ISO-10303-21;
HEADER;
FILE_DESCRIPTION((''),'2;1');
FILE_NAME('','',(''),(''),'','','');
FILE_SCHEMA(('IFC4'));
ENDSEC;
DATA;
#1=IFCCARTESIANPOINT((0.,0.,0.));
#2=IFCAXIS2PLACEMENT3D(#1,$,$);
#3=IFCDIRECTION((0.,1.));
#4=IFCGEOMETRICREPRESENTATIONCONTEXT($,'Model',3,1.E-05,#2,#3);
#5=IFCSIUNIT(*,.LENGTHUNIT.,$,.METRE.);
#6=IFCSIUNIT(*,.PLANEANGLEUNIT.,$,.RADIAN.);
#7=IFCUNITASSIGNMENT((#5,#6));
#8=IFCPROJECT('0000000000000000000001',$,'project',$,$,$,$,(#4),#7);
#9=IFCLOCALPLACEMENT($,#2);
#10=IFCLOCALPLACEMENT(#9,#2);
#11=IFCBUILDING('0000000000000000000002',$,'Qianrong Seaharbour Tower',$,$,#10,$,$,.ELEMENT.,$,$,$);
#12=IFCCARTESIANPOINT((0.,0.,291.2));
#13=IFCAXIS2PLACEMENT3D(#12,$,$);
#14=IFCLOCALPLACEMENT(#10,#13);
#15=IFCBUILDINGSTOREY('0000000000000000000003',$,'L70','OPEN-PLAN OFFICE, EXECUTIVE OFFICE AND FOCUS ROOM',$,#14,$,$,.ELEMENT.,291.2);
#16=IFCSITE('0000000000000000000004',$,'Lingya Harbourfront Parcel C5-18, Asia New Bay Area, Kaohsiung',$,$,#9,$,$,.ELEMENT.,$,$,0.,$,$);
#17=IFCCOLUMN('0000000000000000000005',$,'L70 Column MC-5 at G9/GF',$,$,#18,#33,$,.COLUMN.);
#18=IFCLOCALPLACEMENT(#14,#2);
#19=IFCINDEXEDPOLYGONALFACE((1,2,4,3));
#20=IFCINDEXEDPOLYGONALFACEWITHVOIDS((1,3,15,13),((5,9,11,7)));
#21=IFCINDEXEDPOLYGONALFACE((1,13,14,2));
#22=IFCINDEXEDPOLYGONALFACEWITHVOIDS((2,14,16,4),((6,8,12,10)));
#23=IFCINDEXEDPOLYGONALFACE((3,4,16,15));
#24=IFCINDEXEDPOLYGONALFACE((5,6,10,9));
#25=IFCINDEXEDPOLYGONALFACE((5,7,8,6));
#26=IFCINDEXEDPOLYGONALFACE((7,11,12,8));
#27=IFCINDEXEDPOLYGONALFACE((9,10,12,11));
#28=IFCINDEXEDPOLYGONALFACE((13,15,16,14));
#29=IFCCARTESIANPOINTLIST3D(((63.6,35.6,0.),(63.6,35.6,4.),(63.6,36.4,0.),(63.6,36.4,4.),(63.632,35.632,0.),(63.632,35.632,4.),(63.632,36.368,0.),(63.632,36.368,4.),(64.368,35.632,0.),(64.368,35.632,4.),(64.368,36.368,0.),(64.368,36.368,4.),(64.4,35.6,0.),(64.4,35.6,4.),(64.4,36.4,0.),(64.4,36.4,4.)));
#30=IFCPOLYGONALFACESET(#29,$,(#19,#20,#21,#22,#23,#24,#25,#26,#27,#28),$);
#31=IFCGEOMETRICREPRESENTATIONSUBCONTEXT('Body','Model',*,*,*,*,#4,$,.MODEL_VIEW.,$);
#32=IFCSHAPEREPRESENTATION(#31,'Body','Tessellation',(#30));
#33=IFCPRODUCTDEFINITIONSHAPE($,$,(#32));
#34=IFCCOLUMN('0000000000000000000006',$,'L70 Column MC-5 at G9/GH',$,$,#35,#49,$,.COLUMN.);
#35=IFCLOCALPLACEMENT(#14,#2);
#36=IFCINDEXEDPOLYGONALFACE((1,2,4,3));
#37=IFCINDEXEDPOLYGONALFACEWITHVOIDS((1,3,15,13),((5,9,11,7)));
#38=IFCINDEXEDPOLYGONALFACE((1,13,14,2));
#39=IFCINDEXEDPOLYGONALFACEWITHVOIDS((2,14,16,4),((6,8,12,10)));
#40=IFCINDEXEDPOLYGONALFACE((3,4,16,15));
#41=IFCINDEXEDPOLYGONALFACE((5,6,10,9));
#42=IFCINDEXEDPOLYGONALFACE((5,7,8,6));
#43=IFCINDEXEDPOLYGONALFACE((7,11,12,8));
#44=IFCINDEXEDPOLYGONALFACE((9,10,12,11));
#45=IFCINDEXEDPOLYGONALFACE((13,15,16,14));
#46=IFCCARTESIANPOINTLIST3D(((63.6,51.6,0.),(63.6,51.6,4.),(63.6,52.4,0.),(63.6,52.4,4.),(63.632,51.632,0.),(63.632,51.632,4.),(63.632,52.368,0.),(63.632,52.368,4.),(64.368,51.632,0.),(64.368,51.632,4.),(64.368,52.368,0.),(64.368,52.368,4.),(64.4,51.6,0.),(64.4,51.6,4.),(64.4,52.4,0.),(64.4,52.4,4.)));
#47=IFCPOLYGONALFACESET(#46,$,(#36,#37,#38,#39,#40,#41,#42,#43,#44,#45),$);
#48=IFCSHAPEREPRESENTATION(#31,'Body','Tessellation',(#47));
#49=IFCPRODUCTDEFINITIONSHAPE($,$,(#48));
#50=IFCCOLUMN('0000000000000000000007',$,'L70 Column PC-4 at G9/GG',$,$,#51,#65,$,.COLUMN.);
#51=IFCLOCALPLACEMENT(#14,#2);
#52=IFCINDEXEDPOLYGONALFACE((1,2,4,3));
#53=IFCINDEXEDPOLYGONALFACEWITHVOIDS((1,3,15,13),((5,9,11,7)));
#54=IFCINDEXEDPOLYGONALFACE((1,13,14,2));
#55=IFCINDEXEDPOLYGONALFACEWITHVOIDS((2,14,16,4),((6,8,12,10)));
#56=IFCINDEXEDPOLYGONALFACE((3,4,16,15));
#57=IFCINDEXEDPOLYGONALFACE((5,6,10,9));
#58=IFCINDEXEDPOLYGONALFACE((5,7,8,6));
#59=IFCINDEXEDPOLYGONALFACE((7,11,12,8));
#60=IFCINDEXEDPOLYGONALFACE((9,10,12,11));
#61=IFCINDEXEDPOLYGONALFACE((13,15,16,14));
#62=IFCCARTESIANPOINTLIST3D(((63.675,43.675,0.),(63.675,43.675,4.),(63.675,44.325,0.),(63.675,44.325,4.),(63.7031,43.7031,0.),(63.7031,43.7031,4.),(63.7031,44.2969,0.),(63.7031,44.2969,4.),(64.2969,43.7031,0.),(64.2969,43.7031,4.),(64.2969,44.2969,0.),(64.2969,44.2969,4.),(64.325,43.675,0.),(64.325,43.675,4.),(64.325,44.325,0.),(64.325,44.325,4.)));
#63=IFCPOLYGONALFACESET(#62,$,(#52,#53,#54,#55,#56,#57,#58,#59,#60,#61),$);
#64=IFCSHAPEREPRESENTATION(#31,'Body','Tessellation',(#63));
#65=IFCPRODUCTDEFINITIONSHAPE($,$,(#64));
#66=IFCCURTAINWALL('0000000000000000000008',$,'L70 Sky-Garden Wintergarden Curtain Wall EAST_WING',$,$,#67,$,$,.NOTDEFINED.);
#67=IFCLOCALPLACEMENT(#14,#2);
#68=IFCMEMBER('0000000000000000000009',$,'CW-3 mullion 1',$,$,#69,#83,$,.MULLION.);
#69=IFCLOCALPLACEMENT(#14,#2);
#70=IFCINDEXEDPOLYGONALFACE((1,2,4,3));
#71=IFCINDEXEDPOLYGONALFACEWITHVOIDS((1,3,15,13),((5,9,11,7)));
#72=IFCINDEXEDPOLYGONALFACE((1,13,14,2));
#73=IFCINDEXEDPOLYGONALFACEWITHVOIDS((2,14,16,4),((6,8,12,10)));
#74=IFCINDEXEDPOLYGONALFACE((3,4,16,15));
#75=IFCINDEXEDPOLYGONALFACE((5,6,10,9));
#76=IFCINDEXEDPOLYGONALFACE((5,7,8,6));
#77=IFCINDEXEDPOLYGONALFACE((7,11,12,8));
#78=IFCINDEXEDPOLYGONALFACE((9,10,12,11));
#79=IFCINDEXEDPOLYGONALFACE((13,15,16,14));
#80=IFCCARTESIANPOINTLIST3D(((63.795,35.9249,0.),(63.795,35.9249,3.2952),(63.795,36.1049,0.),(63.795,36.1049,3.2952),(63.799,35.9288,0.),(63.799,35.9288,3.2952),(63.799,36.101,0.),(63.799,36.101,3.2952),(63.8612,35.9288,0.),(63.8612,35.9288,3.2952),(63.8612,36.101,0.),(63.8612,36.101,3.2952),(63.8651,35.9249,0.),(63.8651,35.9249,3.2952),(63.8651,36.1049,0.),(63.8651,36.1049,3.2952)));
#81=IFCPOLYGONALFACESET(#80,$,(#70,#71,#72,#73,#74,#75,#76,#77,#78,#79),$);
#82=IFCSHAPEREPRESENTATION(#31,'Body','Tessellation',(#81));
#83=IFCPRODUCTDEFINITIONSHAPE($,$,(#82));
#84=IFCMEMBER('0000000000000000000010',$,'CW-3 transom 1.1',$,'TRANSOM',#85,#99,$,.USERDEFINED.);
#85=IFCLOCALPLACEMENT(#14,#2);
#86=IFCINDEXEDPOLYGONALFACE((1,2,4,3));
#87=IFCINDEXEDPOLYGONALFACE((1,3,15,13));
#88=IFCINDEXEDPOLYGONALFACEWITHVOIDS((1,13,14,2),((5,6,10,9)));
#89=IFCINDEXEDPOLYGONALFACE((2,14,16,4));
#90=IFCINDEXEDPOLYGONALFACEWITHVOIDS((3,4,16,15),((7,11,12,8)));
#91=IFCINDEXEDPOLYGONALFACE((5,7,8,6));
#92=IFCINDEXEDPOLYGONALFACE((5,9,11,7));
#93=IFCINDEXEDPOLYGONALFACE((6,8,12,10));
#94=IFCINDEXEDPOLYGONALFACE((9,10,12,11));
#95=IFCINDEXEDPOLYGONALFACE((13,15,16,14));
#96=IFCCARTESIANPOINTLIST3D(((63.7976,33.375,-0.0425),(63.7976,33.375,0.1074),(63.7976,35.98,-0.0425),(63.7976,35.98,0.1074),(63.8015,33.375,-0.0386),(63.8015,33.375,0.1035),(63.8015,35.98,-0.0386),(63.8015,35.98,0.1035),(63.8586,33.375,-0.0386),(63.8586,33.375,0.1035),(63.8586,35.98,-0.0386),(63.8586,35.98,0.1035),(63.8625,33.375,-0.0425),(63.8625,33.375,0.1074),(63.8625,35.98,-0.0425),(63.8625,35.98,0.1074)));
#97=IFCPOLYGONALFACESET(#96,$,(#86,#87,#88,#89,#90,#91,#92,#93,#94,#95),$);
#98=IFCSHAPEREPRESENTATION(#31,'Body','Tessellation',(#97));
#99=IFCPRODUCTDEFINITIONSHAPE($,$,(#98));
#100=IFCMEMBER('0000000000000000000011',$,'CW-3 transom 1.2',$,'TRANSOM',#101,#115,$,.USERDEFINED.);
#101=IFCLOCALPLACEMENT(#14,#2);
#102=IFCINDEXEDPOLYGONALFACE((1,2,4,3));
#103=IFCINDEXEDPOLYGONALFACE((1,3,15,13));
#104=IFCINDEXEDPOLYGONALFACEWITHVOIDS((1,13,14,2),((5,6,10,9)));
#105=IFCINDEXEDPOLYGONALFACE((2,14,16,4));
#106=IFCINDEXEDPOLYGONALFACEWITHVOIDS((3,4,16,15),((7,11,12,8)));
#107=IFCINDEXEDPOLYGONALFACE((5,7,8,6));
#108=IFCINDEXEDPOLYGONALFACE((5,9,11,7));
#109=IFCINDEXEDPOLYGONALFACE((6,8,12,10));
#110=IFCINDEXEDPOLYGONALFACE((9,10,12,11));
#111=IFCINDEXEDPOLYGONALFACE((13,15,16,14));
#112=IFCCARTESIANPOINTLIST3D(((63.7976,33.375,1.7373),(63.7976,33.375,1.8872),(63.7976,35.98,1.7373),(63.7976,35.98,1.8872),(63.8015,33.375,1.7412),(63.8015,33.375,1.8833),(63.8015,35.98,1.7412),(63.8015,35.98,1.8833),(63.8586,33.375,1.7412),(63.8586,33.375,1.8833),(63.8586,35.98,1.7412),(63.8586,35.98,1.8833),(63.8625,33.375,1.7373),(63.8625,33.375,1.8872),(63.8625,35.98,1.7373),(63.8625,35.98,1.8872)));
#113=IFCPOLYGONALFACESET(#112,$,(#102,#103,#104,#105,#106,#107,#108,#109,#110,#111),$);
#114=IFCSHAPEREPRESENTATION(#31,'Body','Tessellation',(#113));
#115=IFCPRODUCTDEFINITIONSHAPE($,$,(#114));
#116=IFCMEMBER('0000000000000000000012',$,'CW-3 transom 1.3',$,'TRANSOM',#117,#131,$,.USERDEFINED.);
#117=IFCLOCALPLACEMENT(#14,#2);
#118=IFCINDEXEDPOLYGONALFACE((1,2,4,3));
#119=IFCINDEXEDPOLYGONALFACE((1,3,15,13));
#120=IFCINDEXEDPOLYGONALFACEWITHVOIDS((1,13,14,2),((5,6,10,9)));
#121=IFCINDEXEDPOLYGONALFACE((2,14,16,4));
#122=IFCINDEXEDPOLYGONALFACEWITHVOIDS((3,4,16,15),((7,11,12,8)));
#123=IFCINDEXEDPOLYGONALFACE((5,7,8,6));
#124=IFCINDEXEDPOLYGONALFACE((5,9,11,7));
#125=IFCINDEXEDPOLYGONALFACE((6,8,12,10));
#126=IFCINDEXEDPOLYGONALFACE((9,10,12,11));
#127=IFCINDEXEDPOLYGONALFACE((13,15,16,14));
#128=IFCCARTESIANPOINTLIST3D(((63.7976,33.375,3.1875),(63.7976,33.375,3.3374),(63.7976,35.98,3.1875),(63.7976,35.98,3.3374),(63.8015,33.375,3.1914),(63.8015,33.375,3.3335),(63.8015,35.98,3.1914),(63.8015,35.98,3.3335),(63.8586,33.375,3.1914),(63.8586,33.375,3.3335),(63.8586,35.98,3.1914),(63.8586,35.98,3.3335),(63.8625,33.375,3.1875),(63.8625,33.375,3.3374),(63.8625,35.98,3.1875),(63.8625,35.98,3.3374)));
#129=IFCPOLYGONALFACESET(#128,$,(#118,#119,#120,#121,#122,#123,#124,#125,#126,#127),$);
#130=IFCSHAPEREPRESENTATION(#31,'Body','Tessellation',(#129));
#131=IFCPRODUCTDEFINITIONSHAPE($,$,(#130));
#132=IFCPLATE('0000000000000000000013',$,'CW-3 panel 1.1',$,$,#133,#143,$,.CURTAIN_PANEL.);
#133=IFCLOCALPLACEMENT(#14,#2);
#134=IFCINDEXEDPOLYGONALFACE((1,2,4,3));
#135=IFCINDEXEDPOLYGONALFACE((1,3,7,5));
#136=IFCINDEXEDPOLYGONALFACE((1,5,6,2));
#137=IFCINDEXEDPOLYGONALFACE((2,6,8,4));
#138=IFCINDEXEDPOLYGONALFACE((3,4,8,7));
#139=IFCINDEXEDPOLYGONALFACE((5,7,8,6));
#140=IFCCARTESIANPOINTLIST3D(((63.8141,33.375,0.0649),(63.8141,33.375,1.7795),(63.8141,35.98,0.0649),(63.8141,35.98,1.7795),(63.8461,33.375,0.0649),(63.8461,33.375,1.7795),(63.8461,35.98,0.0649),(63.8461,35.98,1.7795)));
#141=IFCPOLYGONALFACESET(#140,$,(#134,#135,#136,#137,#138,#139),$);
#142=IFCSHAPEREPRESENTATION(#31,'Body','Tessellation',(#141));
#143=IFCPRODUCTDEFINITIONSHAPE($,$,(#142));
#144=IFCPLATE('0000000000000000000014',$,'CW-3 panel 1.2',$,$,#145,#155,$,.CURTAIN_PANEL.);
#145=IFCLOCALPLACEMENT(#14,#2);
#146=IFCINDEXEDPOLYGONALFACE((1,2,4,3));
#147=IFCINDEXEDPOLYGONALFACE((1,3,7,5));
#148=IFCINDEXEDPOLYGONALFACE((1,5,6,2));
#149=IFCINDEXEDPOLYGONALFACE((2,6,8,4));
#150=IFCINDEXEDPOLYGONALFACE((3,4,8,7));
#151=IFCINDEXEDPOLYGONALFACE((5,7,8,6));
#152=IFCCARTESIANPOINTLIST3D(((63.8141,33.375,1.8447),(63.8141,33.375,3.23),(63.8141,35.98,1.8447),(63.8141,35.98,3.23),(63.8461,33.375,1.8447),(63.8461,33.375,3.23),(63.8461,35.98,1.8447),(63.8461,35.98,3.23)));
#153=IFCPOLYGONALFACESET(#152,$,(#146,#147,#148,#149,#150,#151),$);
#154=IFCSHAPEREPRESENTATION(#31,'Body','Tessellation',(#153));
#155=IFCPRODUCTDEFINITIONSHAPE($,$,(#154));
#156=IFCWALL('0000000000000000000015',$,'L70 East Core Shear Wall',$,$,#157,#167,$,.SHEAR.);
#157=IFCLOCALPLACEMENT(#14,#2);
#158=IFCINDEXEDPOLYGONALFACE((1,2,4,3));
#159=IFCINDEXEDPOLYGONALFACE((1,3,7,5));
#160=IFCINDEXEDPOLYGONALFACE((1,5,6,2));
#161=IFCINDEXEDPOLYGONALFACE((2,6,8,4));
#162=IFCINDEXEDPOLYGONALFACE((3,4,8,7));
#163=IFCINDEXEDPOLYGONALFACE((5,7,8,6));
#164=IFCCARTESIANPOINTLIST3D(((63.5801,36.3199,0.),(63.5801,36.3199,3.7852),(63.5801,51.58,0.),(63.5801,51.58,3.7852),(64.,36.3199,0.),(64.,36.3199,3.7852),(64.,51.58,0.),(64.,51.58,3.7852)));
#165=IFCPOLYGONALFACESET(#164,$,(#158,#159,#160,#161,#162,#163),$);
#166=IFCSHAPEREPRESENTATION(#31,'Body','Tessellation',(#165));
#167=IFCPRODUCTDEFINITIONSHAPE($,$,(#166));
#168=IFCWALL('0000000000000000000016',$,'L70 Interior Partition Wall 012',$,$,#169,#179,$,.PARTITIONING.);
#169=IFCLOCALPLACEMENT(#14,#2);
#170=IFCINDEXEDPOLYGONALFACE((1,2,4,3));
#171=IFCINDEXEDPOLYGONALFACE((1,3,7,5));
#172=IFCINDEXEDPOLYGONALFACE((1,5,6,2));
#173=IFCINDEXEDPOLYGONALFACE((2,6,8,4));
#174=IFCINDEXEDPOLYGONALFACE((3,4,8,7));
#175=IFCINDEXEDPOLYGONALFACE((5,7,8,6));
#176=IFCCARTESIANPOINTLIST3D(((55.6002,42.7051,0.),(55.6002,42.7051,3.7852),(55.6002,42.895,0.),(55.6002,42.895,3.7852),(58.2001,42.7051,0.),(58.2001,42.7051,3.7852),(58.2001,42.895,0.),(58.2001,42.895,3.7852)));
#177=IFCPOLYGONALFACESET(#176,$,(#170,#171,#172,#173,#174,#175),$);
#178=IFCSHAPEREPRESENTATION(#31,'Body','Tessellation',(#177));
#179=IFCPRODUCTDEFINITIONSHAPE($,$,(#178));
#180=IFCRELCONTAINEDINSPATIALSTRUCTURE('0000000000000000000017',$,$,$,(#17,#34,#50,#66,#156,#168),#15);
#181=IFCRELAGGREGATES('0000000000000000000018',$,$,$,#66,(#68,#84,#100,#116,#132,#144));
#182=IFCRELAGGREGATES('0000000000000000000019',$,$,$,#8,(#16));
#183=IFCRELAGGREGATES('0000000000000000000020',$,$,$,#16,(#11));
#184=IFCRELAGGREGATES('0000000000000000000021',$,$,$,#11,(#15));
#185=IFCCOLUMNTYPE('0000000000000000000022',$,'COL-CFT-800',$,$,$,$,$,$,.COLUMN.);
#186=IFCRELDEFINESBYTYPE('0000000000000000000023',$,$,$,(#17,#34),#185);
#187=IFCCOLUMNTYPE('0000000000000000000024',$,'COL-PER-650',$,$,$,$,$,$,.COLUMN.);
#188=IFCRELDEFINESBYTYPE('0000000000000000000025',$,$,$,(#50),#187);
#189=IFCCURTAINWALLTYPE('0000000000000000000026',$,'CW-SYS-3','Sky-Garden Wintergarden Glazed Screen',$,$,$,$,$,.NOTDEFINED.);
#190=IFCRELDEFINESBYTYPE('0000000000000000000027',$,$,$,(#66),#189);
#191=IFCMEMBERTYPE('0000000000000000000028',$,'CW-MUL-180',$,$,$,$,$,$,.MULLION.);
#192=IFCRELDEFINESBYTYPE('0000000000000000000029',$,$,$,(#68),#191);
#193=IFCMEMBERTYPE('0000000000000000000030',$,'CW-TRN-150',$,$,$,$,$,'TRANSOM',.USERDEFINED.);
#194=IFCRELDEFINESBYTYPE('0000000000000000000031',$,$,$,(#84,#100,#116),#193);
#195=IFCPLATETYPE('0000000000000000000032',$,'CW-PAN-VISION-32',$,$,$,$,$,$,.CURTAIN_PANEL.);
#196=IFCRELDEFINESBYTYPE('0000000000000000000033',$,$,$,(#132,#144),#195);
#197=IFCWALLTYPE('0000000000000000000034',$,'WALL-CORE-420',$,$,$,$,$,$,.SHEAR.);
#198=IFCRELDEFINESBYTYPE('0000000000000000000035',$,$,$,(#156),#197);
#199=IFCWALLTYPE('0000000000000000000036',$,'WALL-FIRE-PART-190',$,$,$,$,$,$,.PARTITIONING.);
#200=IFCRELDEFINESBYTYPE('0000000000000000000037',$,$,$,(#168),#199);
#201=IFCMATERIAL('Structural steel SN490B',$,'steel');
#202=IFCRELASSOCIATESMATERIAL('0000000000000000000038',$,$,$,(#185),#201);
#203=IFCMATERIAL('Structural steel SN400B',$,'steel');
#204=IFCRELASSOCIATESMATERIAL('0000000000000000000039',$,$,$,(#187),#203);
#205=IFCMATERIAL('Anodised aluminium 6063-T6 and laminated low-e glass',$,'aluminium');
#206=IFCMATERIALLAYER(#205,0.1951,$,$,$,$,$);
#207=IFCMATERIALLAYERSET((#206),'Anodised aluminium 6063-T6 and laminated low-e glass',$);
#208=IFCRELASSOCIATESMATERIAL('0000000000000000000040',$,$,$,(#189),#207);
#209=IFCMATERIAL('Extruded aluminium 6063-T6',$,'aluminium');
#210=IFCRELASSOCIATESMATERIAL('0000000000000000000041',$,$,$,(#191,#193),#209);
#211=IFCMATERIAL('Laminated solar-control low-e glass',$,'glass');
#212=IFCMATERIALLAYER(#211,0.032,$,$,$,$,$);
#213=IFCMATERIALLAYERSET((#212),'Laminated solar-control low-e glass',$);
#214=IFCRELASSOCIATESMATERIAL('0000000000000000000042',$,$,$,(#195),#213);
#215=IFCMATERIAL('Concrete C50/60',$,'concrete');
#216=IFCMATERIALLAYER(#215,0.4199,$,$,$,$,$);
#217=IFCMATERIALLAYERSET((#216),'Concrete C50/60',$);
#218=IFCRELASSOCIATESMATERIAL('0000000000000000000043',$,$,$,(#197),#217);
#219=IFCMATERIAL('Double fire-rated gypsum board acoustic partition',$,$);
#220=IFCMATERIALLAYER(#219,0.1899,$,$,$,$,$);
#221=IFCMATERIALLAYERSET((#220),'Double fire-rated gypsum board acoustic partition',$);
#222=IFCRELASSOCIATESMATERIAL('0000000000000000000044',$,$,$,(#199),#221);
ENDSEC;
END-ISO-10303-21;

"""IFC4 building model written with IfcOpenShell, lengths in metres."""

from ifc_helpers import new_model, si_unit, direction, frame, frame_2d, origin, origin_2d, place, context, subcontext, project, spatial, rectangle, hollow_rectangle, extrude, material, layer, layer_set, material_profile, profile_set, type_object, element, aggregate, save


model = new_model("IFC4")

# Units and contexts
model_context = context("Model", 3, precision=1e-05, world=origin(), true_north=direction((0.0, 1.0)))
body_context = subcontext(model_context, "Body", "Model", "MODEL_VIEW")
ifc_project = project(units=[si_unit("LENGTHUNIT", "METRE"), si_unit("PLANEANGLEUNIT", "RADIAN")], contexts=[model_context])

# Site, building, storey
site_placement = place(None, origin())
site = spatial("IfcSite", under=ifc_project, at=site_placement, Name="Lingya Harbourfront Parcel C5-18, Asia New Bay Area, Kaohsiung", CompositionType="ELEMENT", RefElevation=0.0)
building_placement = place(site_placement, origin())
building = spatial("IfcBuilding", under=site, at=building_placement, Name="Qianrong Seaharbour Tower", CompositionType="ELEMENT")
storey_placement = place(building_placement, frame((0.0, 0.0, 291.2)))
storey = spatial("IfcBuildingStorey", under=building, at=storey_placement, Name="L70", Description="OPEN-PLAN OFFICE, EXECUTIVE OFFICE AND FOCUS ROOM", CompositionType="ELEMENT", Elevation=291.2)

# Columns
ifc_material_1 = material(Name="Structural steel SN490B", Category="steel")
ifc_material_profile_1 = material_profile(ifc_material_1, hollow_rectangle(XDim=0.8, YDim=0.8, WallThickness=0.032, at=origin_2d()), Name="BOX800x800x32")
ifc_profile_set_1 = profile_set([ifc_material_profile_1], Name="Structural steel SN490B")
column_type_1 = type_object("IfcColumnType", Name="COL-CFT-800", PredefinedType="COLUMN", material=ifc_profile_set_1)
for number, where, z_axis, x_axis, name in (
    (1, (64.0, 36.0, 0.0), (0.0, 0.0, 1.0), (1.0, 0.0, 0.0), "L70 Column MC-5 at G9/GF"),
    (2, (64.0, 52.0, 0.0), (0.0, 0.0, 1.0), (1.0, 0.0, 0.0), "L70 Column MC-5 at G9/GH"),
):
    element("IfcColumn", number, at=place(storey_placement, frame(where, z_axis=z_axis, x_axis=x_axis)), inside=storey, type_object=column_type_1, Name=name, PredefinedType="COLUMN", context=body_context, shape_type="SweptSolid", body=[
        extrude(hollow_rectangle(XDim=0.8, YDim=0.8, WallThickness=0.032, at=origin_2d()), origin(), (0.0, 0.0, 1.0), 4.0),
    ])
ifc_material_2 = material(Name="Structural steel SN400B", Category="steel")
ifc_material_profile_2 = material_profile(ifc_material_2, hollow_rectangle(XDim=0.6499, YDim=0.6499, WallThickness=0.0281, at=origin_2d()), Name="BOX650x650x28")
ifc_profile_set_2 = profile_set([ifc_material_profile_2], Name="Structural steel SN400B")
column_type_2 = type_object("IfcColumnType", Name="COL-PER-650", PredefinedType="COLUMN", material=ifc_profile_set_2)
column_placement = place(storey_placement, frame((64.0, 44.0, 0.0), z_axis=(0.0, 0.0, 1.0), x_axis=(1.0, 0.0, 0.0)))
element("IfcColumn", 3, at=column_placement, inside=storey, type_object=column_type_2, Name="L70 Column PC-4 at G9/GG", PredefinedType="COLUMN", context=body_context, shape_type="SweptSolid", body=[
    extrude(hollow_rectangle(XDim=0.6499, YDim=0.6499, WallThickness=0.0281, at=origin_2d()), origin(), (0.0, 0.0, 1.0), 4.0),
])

# Curtain wall, members, plates
ifc_material_3 = material(Name="Anodised aluminium 6063-T6 and laminated low-e glass", Category="aluminium")
ifc_layer_1 = layer(ifc_material_3, 0.1951)
ifc_layer_set_1 = layer_set([ifc_layer_1], Name="Anodised aluminium 6063-T6 and laminated low-e glass")
curtain_wall_type = type_object("IfcCurtainWallType", Name="CW-SYS-3", Description="Sky-Garden Wintergarden Glazed Screen", PredefinedType="NOTDEFINED", material=ifc_layer_set_1)
curtain_wall_placement = place(storey_placement, origin())
curtain_wall = element("IfcCurtainWall", 4, at=curtain_wall_placement, inside=storey, type_object=curtain_wall_type, Name="L70 Sky-Garden Wintergarden Curtain Wall EAST_WING", PredefinedType="NOTDEFINED")
ifc_material_4 = material(Name="Extruded aluminium 6063-T6", Category="aluminium")
ifc_material_profile_3 = material_profile(ifc_material_4, hollow_rectangle(XDim=0.0701, YDim=0.1799, WallThickness=0.0039, at=origin_2d()), Name="ALU-MUL-180x70x4")
ifc_profile_set_3 = profile_set([ifc_material_profile_3], Name="Extruded aluminium 6063-T6")
member_type_1 = type_object("IfcMemberType", Name="CW-MUL-180", PredefinedType="MULLION", material=ifc_profile_set_3)
member_1_placement = place(storey_placement, frame((63.8301, 36.0149, 0.0), z_axis=(0.0, 0.0, 1.0), x_axis=(1.0, 0.0, 0.0)))
member_1 = element("IfcMember", 5, at=member_1_placement, type_object=member_type_1, Name="CW-3 mullion 1", PredefinedType="MULLION", context=body_context, shape_type="SweptSolid", body=[
    extrude(hollow_rectangle(XDim=0.0701, YDim=0.1799, WallThickness=0.0039, at=origin_2d()), origin(), (0.0, 0.0, 1.0), 3.2952),
])
ifc_material_profile_4 = material_profile(ifc_material_4, hollow_rectangle(XDim=0.0649, YDim=0.1499, WallThickness=0.0039, at=origin_2d()), Name="ALU-TRN-150x65x4")
ifc_profile_set_4 = profile_set([ifc_material_profile_4], Name="Extruded aluminium 6063-T6")
member_type_2 = type_object("IfcMemberType", Name="CW-TRN-150", ElementType="TRANSOM", PredefinedType="USERDEFINED", material=ifc_profile_set_4)
member_2_placement = place(storey_placement, frame((63.8301, 35.98, 0.0325), z_axis=(0.0, -1.0, 0.0), x_axis=(1.0, 0.0, 0.0)))
member_2 = element("IfcMember", 6, at=member_2_placement, type_object=member_type_2, Name="CW-3 transom 1.1", ObjectType="TRANSOM", PredefinedType="USERDEFINED", context=body_context, shape_type="SweptSolid", body=[
    extrude(hollow_rectangle(XDim=0.0649, YDim=0.1499, WallThickness=0.0039, at=origin_2d()), origin(), (0.0, 0.0, 1.0), 2.605),
])
member_3_placement = place(storey_placement, frame((63.8301, 35.98, 1.8123), z_axis=(0.0, -1.0, 0.0), x_axis=(1.0, 0.0, 0.0)))
member_3 = element("IfcMember", 7, at=member_3_placement, type_object=member_type_2, Name="CW-3 transom 1.2", ObjectType="TRANSOM", PredefinedType="USERDEFINED", context=body_context, shape_type="SweptSolid", body=[
    extrude(hollow_rectangle(XDim=0.0649, YDim=0.1499, WallThickness=0.0039, at=origin_2d()), origin(), (0.0, 0.0, 1.0), 2.605),
])
member_4_placement = place(storey_placement, frame((63.8301, 35.98, 3.2625), z_axis=(0.0, -1.0, 0.0), x_axis=(1.0, 0.0, 0.0)))
member_4 = element("IfcMember", 8, at=member_4_placement, type_object=member_type_2, Name="CW-3 transom 1.3", ObjectType="TRANSOM", PredefinedType="USERDEFINED", context=body_context, shape_type="SweptSolid", body=[
    extrude(hollow_rectangle(XDim=0.0649, YDim=0.1499, WallThickness=0.0039, at=origin_2d()), origin(), (0.0, 0.0, 1.0), 2.605),
])
ifc_material_5 = material(Name="Laminated solar-control low-e glass", Category="glass")
ifc_layer_2 = layer(ifc_material_5, 0.032)
ifc_layer_set_2 = layer_set([ifc_layer_2], Name="Laminated solar-control low-e glass")
plate_type = type_object("IfcPlateType", Name="CW-PAN-VISION-32", PredefinedType="CURTAIN_PANEL", material=ifc_layer_set_2)
plate_1_placement = place(storey_placement, frame((63.8301, 34.6775, 0.0649), z_axis=(0.0, 0.0, 1.0), x_axis=(0.0, -1.0, 0.0)))
plate_1 = element("IfcPlate", 9, at=plate_1_placement, type_object=plate_type, Name="CW-3 panel 1.1", PredefinedType="CURTAIN_PANEL", context=body_context, shape_type="SweptSolid", body=[
    extrude(rectangle(XDim=2.605, YDim=0.032, at=origin_2d()), origin(), (0.0, 0.0, 1.0), 1.7146),
])
plate_2_placement = place(storey_placement, frame((63.8301, 34.6775, 1.8447), z_axis=(0.0, 0.0, 1.0), x_axis=(0.0, -1.0, 0.0)))
plate_2 = element("IfcPlate", 10, at=plate_2_placement, type_object=plate_type, Name="CW-3 panel 1.2", PredefinedType="CURTAIN_PANEL", context=body_context, shape_type="SweptSolid", body=[
    extrude(rectangle(XDim=2.605, YDim=0.032, at=origin_2d()), origin(), (0.0, 0.0, 1.0), 1.3853),
])
aggregate(curtain_wall, [member_1, member_2, member_3, member_4, plate_1, plate_2])

# Wall
ifc_material_6 = material(Name="Concrete C50/60", Category="concrete")
ifc_layer_3 = layer(ifc_material_6, 0.4199)
ifc_layer_set_3 = layer_set([ifc_layer_3], Name="Concrete C50/60")
wall_type_1 = type_object("IfcWallType", Name="WALL-CORE-420", PredefinedType="SHEAR", material=ifc_layer_set_3)
wall_1_placement = place(storey_placement, frame((63.79, 36.3201, 0.0), z_axis=(0.0, 0.0, 1.0), x_axis=(0.0, 1.0, 0.0)))
element("IfcWall", 11, at=wall_1_placement, inside=storey, type_object=wall_type_1, Name="L70 East Core Shear Wall", PredefinedType="SHEAR", context=body_context, shape_type="SweptSolid", body=[
    extrude(rectangle(XDim=15.26, YDim=0.4199, at=frame_2d((7.6299, 0.0))), origin(), (0.0, 0.0, 1.0), 3.7852),
])

# Wall
ifc_material_7 = material(Name="Double fire-rated gypsum board acoustic partition")
ifc_layer_4 = layer(ifc_material_7, 0.1899)
ifc_layer_set_4 = layer_set([ifc_layer_4], Name="Double fire-rated gypsum board acoustic partition")
wall_type_2 = type_object("IfcWallType", Name="WALL-FIRE-PART-190", PredefinedType="PARTITIONING", material=ifc_layer_set_4)
wall_2_placement = place(storey_placement, frame((58.2, 42.8, 0.0), z_axis=(0.0, 0.0, 1.0), x_axis=(-1.0, 0.0, 0.0)))
element("IfcWall", 12, at=wall_2_placement, inside=storey, type_object=wall_type_2, Name="L70 Interior Partition Wall 012", PredefinedType="PARTITIONING", context=body_context, shape_type="SweptSolid", body=[
    extrude(rectangle(XDim=2.5999, YDim=0.1899, at=frame_2d((1.2998, 0.0))), origin(), (0.0, 0.0, 1.0), 3.7852),
])

save(model, "model.ifc")
